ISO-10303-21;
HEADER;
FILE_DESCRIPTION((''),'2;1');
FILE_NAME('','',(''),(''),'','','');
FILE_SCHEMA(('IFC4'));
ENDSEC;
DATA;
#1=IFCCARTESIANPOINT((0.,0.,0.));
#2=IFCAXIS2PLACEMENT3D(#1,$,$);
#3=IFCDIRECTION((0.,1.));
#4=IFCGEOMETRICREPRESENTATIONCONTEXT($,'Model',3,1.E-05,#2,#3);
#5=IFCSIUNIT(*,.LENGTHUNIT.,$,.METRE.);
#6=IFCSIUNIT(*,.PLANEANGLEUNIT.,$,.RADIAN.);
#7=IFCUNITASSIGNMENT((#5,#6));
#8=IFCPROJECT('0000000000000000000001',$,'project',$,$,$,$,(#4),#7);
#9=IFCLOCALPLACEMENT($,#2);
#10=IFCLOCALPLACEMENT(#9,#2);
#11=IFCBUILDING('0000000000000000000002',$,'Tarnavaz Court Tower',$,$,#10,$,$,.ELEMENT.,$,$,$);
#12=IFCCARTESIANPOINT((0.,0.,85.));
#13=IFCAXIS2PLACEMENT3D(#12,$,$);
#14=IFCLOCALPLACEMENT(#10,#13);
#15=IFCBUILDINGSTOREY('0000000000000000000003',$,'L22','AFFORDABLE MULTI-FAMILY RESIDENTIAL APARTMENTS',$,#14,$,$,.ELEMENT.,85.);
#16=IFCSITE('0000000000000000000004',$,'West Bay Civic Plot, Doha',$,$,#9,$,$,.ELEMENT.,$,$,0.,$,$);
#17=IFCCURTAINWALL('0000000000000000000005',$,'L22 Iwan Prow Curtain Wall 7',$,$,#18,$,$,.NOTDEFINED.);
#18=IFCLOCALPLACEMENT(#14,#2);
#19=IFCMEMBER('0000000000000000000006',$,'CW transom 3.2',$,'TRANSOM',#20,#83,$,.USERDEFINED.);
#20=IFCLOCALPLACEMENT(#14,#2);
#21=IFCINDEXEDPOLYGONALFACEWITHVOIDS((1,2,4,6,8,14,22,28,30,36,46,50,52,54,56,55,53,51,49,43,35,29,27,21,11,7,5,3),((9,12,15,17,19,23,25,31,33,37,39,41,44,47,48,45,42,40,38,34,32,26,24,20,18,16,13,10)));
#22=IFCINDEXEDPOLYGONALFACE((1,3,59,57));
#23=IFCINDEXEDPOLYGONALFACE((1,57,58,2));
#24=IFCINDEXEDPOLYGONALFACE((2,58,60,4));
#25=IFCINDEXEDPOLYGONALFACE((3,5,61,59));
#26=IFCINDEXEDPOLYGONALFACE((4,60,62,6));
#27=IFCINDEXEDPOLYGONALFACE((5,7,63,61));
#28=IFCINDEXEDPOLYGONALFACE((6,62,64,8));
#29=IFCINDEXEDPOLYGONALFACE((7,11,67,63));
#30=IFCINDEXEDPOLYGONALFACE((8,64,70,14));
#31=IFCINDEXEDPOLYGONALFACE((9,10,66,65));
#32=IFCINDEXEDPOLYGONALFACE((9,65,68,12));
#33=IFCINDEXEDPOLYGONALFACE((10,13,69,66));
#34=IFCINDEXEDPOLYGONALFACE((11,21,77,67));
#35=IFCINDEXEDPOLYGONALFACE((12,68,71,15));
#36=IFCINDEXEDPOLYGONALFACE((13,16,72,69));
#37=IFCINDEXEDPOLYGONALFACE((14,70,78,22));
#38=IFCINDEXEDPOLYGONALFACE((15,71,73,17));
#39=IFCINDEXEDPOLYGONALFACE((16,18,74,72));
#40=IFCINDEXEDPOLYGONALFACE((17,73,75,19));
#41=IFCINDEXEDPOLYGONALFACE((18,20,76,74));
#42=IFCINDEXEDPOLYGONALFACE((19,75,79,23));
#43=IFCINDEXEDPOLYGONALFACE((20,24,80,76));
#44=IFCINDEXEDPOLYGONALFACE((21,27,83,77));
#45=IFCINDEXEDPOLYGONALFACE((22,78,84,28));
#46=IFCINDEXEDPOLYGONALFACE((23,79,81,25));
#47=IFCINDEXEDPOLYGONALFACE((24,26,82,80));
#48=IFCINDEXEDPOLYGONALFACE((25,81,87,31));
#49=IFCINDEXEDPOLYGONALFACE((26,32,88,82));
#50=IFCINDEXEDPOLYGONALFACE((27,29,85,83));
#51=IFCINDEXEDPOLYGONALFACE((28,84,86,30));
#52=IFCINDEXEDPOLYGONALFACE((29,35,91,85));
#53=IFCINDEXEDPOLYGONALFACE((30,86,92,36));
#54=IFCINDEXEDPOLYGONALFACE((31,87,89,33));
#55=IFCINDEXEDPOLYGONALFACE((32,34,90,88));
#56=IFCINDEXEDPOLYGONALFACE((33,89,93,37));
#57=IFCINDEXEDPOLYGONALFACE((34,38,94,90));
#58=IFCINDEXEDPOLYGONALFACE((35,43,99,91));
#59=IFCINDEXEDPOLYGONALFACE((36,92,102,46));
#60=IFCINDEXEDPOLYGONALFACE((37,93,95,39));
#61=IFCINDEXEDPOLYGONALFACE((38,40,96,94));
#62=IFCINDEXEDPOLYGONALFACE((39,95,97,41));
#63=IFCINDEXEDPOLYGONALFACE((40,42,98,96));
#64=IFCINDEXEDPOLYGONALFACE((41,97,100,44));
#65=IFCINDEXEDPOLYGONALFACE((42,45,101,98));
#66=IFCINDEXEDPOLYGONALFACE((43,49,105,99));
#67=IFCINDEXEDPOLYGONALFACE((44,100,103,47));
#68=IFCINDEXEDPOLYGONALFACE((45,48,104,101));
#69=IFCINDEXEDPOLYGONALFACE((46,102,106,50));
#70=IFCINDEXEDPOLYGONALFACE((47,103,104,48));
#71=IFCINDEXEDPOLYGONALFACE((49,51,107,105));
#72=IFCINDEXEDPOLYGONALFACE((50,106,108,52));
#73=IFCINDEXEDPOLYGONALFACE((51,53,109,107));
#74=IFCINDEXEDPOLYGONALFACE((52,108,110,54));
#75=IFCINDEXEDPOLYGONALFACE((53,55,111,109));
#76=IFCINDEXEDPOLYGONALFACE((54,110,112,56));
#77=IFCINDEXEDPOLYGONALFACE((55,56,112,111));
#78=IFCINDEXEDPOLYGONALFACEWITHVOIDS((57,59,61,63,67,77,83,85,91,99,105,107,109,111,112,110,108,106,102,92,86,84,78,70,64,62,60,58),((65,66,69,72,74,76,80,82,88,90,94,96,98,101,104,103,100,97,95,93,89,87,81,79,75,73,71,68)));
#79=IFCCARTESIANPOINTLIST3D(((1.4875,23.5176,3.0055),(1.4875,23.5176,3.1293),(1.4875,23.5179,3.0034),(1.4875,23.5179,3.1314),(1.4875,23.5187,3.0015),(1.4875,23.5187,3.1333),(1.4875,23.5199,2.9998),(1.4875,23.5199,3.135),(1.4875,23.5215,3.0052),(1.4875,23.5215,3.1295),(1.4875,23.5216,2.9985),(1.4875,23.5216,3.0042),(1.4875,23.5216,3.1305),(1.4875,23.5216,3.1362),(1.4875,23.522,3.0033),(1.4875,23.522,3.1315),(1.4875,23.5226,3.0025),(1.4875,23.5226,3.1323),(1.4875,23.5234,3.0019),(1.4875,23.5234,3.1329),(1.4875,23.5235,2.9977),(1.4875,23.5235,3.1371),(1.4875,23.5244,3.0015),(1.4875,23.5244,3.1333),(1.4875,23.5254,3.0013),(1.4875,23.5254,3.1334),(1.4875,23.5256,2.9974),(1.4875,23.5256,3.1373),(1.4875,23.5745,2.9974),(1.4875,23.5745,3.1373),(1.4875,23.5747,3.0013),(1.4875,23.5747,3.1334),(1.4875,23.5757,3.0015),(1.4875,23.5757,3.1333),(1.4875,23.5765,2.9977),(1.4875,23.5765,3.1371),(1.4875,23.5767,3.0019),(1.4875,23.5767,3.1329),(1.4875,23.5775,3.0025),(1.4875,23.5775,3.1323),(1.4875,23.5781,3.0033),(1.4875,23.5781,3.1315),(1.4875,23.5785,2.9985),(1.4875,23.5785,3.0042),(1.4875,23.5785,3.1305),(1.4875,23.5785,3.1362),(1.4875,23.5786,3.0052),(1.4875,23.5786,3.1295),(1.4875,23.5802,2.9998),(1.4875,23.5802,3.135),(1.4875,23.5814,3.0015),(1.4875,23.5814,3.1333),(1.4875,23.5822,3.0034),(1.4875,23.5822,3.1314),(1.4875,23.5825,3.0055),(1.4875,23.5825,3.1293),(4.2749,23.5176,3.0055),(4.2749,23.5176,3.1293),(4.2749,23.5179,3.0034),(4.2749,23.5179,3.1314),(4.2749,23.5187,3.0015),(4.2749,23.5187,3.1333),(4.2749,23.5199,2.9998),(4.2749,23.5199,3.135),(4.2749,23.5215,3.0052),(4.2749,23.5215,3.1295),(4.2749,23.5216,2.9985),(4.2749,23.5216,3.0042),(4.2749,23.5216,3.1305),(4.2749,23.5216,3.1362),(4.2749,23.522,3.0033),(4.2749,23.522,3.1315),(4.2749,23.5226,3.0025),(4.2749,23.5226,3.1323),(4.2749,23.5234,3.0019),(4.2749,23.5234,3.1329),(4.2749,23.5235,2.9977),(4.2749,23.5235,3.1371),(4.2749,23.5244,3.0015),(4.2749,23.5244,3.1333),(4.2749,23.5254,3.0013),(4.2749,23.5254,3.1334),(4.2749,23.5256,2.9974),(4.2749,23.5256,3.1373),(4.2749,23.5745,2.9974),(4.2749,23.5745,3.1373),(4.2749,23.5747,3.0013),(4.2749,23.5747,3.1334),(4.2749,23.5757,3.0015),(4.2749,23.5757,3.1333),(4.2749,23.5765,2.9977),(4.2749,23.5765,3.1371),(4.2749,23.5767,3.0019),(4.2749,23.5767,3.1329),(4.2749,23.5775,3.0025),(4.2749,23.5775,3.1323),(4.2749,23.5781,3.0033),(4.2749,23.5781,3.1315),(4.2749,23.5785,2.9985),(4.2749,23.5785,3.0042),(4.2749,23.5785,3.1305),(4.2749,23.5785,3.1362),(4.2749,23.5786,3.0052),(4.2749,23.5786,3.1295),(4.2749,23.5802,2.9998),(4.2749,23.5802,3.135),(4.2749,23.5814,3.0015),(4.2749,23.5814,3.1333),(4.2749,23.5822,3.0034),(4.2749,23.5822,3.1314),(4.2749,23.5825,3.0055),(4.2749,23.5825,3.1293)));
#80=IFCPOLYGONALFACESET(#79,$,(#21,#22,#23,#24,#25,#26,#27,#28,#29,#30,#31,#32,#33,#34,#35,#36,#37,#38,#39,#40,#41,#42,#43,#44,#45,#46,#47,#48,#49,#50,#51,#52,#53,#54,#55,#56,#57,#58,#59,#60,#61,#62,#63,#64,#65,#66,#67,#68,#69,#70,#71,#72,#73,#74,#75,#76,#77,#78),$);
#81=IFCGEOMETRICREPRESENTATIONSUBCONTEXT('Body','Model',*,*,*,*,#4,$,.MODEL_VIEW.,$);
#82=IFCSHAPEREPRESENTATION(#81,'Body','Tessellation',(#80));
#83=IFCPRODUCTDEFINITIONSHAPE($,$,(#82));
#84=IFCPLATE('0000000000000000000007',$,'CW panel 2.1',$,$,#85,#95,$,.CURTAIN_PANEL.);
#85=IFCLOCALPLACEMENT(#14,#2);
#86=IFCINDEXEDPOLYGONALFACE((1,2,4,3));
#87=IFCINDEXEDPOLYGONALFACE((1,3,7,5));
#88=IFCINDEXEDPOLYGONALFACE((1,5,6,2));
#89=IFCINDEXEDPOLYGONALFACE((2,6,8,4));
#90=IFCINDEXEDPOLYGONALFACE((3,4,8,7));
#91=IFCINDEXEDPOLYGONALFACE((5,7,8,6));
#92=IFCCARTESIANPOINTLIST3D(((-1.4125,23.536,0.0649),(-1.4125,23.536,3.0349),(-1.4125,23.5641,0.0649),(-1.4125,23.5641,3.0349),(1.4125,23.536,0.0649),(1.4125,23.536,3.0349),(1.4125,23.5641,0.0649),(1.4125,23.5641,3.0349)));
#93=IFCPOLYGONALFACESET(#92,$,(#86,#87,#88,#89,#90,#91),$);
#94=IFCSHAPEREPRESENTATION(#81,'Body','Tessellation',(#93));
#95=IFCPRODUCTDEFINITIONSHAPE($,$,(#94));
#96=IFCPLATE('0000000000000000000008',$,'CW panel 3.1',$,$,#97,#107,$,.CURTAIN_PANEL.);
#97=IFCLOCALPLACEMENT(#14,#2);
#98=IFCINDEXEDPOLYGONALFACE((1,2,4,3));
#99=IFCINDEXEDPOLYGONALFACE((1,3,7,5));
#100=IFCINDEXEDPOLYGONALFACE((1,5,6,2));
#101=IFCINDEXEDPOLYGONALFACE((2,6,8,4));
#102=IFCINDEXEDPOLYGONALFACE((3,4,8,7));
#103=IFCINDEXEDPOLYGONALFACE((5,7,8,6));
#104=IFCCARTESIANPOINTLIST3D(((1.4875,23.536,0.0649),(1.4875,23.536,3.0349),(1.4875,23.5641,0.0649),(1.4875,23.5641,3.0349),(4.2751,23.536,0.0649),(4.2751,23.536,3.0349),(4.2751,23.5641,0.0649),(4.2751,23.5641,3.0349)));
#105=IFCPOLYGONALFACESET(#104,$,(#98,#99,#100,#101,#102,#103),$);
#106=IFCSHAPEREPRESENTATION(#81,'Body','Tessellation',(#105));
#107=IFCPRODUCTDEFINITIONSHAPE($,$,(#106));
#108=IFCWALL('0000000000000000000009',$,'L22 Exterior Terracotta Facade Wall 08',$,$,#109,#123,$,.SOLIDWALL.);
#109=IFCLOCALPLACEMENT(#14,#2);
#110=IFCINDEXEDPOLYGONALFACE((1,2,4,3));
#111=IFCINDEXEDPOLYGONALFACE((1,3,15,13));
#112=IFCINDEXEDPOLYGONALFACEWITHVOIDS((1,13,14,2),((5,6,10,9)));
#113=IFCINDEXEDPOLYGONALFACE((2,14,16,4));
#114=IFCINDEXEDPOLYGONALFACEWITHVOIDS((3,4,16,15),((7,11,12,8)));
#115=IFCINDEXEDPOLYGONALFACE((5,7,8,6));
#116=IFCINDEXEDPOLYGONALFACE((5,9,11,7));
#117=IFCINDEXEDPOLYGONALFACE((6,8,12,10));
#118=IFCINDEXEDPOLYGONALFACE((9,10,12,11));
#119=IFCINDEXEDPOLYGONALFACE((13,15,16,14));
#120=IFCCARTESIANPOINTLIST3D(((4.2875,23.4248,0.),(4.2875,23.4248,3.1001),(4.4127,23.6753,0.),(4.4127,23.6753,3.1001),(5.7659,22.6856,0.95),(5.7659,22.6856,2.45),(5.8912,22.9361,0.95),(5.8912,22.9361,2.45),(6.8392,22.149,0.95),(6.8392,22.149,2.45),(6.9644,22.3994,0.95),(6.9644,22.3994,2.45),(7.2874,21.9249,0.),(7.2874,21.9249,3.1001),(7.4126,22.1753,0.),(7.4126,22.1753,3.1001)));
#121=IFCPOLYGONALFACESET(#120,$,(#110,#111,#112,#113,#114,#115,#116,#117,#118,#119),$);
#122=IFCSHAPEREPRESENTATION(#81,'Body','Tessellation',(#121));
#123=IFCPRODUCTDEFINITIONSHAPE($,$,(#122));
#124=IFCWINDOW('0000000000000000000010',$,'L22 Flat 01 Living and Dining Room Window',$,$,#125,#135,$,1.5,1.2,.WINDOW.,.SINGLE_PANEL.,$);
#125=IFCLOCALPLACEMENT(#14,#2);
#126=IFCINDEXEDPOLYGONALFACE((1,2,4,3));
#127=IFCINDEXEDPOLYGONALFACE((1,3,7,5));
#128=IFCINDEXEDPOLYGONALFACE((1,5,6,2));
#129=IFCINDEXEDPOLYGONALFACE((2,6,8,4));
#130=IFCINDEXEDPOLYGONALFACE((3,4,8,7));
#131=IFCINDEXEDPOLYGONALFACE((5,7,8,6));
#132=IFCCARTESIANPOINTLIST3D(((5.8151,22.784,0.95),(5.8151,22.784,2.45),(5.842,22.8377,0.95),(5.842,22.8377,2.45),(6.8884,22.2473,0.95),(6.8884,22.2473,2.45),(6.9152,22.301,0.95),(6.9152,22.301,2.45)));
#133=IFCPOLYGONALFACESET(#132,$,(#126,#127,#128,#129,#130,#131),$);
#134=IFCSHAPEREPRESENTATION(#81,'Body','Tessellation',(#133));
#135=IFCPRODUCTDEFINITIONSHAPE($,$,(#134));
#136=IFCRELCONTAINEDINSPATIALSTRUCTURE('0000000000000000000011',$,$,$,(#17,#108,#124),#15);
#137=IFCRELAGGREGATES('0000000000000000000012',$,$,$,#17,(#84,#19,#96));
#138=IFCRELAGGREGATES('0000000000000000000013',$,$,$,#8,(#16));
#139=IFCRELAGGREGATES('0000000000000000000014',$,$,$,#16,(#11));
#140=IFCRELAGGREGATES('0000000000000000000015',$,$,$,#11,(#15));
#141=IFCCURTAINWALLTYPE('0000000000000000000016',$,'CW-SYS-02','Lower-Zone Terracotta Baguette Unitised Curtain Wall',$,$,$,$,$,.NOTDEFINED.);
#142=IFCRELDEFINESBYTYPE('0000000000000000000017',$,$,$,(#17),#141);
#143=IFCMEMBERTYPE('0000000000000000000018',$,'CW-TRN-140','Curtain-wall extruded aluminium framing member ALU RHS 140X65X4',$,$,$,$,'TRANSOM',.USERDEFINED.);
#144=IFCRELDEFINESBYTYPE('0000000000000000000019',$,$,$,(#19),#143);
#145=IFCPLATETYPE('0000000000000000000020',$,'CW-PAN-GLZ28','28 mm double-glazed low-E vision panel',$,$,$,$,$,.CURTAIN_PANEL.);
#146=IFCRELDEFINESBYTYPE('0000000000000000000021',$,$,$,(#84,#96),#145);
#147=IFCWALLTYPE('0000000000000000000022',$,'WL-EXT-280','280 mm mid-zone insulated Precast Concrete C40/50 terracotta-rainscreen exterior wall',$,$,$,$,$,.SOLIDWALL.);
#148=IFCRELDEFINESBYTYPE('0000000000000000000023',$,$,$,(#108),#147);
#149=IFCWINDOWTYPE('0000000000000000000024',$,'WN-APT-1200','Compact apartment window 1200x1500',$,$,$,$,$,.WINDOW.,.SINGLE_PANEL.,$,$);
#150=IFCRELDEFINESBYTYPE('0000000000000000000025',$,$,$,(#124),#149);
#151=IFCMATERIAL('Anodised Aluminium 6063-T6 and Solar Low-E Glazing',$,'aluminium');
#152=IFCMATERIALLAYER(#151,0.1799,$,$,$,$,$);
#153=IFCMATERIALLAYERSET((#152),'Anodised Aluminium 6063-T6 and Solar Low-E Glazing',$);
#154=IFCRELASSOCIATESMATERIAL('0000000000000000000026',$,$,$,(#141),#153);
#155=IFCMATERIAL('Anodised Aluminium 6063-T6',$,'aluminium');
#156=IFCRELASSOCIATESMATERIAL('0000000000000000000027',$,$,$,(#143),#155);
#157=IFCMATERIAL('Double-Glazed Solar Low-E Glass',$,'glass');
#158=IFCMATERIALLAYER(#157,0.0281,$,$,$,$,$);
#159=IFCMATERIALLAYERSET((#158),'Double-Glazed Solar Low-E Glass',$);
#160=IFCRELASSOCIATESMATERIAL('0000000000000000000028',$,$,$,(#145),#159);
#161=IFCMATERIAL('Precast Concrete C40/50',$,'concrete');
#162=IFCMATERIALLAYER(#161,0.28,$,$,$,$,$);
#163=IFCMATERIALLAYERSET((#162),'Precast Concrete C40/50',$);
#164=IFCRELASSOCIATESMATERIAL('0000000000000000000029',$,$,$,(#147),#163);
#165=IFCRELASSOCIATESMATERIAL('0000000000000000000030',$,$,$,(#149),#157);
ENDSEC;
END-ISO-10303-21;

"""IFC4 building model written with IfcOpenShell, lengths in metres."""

from ifc_helpers import new_model, si_unit, direction, frame, frame_2d, origin, origin_2d, place, context, subcontext, project, spatial, rectangle, hollow_rectangle, extrude, material, layer, layer_set, material_profile, profile_set, type_object, element, fill, aggregate, save


model = new_model("IFC4")

# Units and contexts
model_context = context("Model", 3, precision=1e-05, world=origin(), true_north=direction((0.0, 1.0)))
body_context = subcontext(model_context, "Body", "Model", "MODEL_VIEW")
ifc_project = project(units=[si_unit("LENGTHUNIT", "METRE"), si_unit("PLANEANGLEUNIT", "RADIAN")], contexts=[model_context])

# Site, building, storey
site_placement = place(None, origin())
site = spatial("IfcSite", under=ifc_project, at=site_placement, Name="West Bay Civic Plot, Doha", CompositionType="ELEMENT", RefElevation=0.0)
building_placement = place(site_placement, origin())
building = spatial("IfcBuilding", under=site, at=building_placement, Name="Tarnavaz Court Tower", CompositionType="ELEMENT")
storey_placement = place(building_placement, frame((0.0, 0.0, 85.0)))
storey = spatial("IfcBuildingStorey", under=building, at=storey_placement, Name="L22", Description="AFFORDABLE MULTI-FAMILY RESIDENTIAL APARTMENTS", CompositionType="ELEMENT", Elevation=85.0)

# Curtain wall, member, plates
ifc_material_1 = material(Name="Anodised Aluminium 6063-T6 and Solar Low-E Glazing", Category="aluminium")
ifc_layer_1 = layer(ifc_material_1, 0.1799)
ifc_layer_set_1 = layer_set([ifc_layer_1], Name="Anodised Aluminium 6063-T6 and Solar Low-E Glazing")
curtain_wall_type = type_object("IfcCurtainWallType", Name="CW-SYS-02", Description="Lower-Zone Terracotta Baguette Unitised Curtain Wall", PredefinedType="NOTDEFINED", material=ifc_layer_set_1)
curtain_wall_placement = place(storey_placement, origin())
curtain_wall = element("IfcCurtainWall", 1, at=curtain_wall_placement, inside=storey, type_object=curtain_wall_type, Name="L22 Iwan Prow Curtain Wall 7", PredefinedType="NOTDEFINED")
ifc_material_2 = material(Name="Anodised Aluminium 6063-T6", Category="aluminium")
ifc_material_profile_1 = material_profile(ifc_material_2, hollow_rectangle(XDim=0.0649, YDim=0.1399, WallThickness=0.0039, InnerFilletRadius=0.0039, OuterFilletRadius=0.0081, at=origin_2d()), Name="ALU RHS 140X65X4")
ifc_profile_set_1 = profile_set([ifc_material_profile_1], Name="Anodised Aluminium 6063-T6")
member_type_1 = type_object("IfcMemberType", Name="CW-TRN-140", Description="Curtain-wall extruded aluminium framing member ALU RHS 140X65X4", ElementType="TRANSOM", PredefinedType="USERDEFINED", material=ifc_profile_set_1)
member_1_placement = place(storey_placement, frame((1.4875, 23.55, 3.0674), z_axis=(1.0, 0.0, 0.0), x_axis=(0.0, 1.0, 0.0)))
member_1 = element("IfcMember", 2, at=member_1_placement, type_object=member_type_1, Name="CW transom 3.2", ObjectType="TRANSOM", PredefinedType="USERDEFINED", context=body_context, shape_type="SweptSolid", body=[
    extrude(hollow_rectangle(XDim=0.0649, YDim=0.1399, WallThickness=0.0039, InnerFilletRadius=0.0039, OuterFilletRadius=0.0081, at=origin_2d()), origin(), (0.0, 0.0, 1.0), 2.7874),
])
ifc_material_3 = material(Name="Double-Glazed Solar Low-E Glass", Category="glass")
ifc_layer_2 = layer(ifc_material_3, 0.0281)
ifc_layer_set_2 = layer_set([ifc_layer_2], Name="Double-Glazed Solar Low-E Glass")
plate_type = type_object("IfcPlateType", Name="CW-PAN-GLZ28", Description="28 mm double-glazed low-E vision panel", PredefinedType="CURTAIN_PANEL", material=ifc_layer_set_2)
plate_1_placement = place(storey_placement, frame((0.0, 23.55, 0.0649), z_axis=(0.0, 0.0, 1.0), x_axis=(1.0, 0.0, 0.0)))
plate_1 = element("IfcPlate", 3, at=plate_1_placement, type_object=plate_type, Name="CW panel 2.1", PredefinedType="CURTAIN_PANEL", context=body_context, shape_type="SweptSolid", body=[
    extrude(rectangle(XDim=2.825, YDim=0.0281, at=origin_2d()), origin(), (0.0, 0.0, 1.0), 2.97),
])
plate_2_placement = place(storey_placement, frame((2.8813, 23.55, 0.0649), z_axis=(0.0, 0.0, 1.0), x_axis=(1.0, 0.0, 0.0)))
plate_2 = element("IfcPlate", 4, at=plate_2_placement, type_object=plate_type, Name="CW panel 3.1", PredefinedType="CURTAIN_PANEL", context=body_context, shape_type="SweptSolid", body=[
    extrude(rectangle(XDim=2.7876, YDim=0.0281, at=origin_2d()), origin(), (0.0, 0.0, 1.0), 2.97),
])
aggregate(curtain_wall, [plate_1, member_1, plate_2])

# Wall, opening, window
ifc_material_4 = material(Name="Precast Concrete C40/50", Category="concrete")
ifc_layer_3 = layer(ifc_material_4, 0.28)
ifc_layer_set_3 = layer_set([ifc_layer_3], Name="Precast Concrete C40/50")
wall_type_1 = type_object("IfcWallType", Name="WL-EXT-280", Description="280 mm mid-zone insulated Precast Concrete C40/50 terracotta-rainscreen exterior wall", PredefinedType="SOLIDWALL", material=ifc_layer_set_3)
wall_1_placement = place(storey_placement, frame((4.3501, 23.55, 0.0), z_axis=(0.0, 0.0, 1.0), x_axis=(0.894427, -0.447214, 0.0)))
wall_1 = element("IfcWall", 5, at=wall_1_placement, inside=storey, type_object=wall_type_1, Name="L22 Exterior Terracotta Facade Wall 08", PredefinedType="SOLIDWALL", context=body_context, shape_type="SweptSolid", body=[
    extrude(rectangle(XDim=3.354, YDim=0.28, at=frame_2d((1.677, 0.0))), origin(), (0.0, 0.0, 1.0), 3.1001),
])
opening_1_placement = place(wall_1_placement, frame((1.6528, 0.0, 0.95)))
opening_1 = element("IfcOpeningElement", 6, at=opening_1_placement, cuts=wall_1, PredefinedType="OPENING", context=body_context, shape_type="SweptSolid", body=[
    extrude(rectangle(XDim=1.2, YDim=1.5, at=frame_2d((0.6001, 0.75))), frame((0.0, 0.1499, 0.0), z_axis=(0.0, -1.0, 0.0), x_axis=(1.0, 0.0, 0.0)), (0.0, 0.0, 1.0), 0.3),
])
window_type_1 = type_object("IfcWindowType", Name="WN-APT-1200", Description="Compact apartment window 1200x1500", PartitioningType="SINGLE_PANEL", PredefinedType="WINDOW", material=ifc_material_3)
window_1_placement = place(opening_1_placement, origin())
window_1 = element("IfcWindow", 7, at=window_1_placement, inside=storey, type_object=window_type_1, Name="L22 Flat 01 Living and Dining Room Window", OverallHeight=1.5, OverallWidth=1.2, PartitioningType="SINGLE_PANEL", PredefinedType="WINDOW", context=body_context, shape_type="SweptSolid", body=[
    extrude(rectangle(XDim=1.2, YDim=1.5, at=frame_2d((0.6001, 0.75))), frame((0.0, 0.03, 0.0), z_axis=(0.0, -1.0, 0.0), x_axis=(1.0, 0.0, 0.0)), (0.0, 0.0, 1.0), 0.0601),
])
fill(opening_1, window_1)

save(model, "model.ifc")
